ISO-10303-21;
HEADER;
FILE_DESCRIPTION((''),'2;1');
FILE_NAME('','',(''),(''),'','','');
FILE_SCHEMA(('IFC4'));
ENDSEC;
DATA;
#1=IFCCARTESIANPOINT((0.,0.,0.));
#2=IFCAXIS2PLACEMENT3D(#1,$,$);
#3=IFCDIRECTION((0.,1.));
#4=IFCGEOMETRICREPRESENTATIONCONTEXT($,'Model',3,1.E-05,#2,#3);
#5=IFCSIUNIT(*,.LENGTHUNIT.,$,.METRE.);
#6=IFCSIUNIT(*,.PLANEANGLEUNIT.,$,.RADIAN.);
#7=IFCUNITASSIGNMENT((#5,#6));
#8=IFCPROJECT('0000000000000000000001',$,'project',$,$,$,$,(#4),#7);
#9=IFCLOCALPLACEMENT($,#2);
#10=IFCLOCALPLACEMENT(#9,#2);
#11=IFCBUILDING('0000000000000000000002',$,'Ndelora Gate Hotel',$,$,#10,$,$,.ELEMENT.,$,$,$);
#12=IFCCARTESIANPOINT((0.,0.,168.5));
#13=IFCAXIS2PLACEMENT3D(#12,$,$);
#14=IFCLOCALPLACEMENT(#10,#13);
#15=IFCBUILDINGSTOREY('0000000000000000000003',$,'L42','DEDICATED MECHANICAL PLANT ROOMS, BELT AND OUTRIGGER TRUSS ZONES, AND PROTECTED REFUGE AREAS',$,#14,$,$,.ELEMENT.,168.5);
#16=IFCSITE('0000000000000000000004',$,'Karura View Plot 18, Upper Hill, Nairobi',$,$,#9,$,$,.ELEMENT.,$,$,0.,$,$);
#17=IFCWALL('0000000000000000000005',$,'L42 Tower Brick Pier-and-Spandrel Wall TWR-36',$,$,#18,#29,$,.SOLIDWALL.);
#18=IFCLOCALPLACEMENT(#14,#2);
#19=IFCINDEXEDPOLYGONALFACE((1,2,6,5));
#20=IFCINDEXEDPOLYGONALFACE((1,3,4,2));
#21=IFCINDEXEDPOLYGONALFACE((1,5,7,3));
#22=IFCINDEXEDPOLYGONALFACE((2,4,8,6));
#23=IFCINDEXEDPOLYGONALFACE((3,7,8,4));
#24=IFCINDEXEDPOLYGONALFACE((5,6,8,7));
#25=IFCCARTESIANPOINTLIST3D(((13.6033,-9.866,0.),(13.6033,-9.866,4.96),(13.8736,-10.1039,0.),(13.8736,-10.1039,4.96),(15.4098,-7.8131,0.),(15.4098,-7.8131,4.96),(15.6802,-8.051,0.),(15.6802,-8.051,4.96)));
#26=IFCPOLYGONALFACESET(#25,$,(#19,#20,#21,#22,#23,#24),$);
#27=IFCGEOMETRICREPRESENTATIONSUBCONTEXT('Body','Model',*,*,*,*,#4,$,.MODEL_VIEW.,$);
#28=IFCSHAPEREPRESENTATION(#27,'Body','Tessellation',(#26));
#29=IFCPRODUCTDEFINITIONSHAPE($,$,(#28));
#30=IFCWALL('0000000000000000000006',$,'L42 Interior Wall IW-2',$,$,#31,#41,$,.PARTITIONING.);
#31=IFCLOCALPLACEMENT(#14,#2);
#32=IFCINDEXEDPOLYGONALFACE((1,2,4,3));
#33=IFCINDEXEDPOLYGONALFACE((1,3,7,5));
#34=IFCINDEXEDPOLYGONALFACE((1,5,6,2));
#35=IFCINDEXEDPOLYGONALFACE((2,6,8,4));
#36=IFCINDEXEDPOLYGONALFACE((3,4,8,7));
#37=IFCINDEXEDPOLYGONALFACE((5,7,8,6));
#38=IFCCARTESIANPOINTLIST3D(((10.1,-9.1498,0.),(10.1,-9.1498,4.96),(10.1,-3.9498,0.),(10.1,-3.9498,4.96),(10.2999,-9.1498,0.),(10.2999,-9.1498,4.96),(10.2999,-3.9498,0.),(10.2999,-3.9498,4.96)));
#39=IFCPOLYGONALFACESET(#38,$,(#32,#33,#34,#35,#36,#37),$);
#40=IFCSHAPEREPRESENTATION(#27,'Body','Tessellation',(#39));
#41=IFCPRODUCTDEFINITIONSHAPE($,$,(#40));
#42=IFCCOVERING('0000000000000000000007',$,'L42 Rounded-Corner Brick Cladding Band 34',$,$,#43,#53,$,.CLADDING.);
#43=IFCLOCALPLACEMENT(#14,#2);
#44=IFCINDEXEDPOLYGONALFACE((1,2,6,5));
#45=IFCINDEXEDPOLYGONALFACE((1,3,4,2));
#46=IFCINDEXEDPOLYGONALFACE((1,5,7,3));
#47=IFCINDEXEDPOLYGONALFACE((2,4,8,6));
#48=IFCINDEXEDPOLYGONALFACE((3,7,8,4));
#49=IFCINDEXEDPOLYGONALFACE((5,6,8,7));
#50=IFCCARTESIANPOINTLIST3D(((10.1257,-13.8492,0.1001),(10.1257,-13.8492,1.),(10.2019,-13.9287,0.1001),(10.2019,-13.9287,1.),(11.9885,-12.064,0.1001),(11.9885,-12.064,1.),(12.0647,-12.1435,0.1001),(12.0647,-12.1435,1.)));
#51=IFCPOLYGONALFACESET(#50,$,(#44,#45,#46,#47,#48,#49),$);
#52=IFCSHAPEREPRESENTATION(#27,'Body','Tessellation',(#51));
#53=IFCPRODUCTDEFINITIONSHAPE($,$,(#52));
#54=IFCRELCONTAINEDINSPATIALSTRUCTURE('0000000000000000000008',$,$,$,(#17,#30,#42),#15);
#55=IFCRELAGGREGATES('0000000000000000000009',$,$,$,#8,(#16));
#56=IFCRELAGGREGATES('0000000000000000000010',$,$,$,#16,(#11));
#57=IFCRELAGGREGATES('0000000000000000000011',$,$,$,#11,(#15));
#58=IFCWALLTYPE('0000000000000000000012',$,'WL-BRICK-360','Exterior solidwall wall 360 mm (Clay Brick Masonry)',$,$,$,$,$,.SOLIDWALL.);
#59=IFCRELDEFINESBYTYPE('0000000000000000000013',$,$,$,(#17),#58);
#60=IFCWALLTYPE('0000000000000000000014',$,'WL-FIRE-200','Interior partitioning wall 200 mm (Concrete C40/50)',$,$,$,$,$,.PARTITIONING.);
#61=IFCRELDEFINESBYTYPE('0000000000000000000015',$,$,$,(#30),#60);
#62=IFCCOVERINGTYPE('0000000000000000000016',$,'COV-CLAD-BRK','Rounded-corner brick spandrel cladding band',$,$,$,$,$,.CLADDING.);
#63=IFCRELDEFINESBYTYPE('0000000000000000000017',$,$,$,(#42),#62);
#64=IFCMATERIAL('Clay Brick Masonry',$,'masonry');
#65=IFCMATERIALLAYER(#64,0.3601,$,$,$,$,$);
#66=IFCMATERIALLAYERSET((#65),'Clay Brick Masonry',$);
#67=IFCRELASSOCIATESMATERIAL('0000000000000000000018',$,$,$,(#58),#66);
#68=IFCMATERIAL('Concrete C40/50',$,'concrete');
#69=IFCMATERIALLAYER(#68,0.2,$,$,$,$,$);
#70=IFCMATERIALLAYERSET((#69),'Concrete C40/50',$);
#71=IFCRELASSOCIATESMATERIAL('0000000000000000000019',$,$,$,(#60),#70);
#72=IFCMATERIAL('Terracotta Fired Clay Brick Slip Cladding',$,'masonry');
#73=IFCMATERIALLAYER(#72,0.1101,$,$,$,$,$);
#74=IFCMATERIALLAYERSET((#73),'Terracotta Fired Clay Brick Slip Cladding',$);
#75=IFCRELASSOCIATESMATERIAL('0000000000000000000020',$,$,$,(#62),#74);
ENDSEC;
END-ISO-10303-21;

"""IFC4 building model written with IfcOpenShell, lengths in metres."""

from ifc_helpers import new_model, si_unit, direction, frame, frame_2d, origin, origin_2d, place, context, subcontext, project, spatial, rectangle, extrude, material, layer, layer_set, type_object, element, save


model = new_model("IFC4")

# Units and contexts
model_context = context("Model", 3, precision=1e-05, world=origin(), true_north=direction((0.0, 1.0)))
body_context = subcontext(model_context, "Body", "Model", "MODEL_VIEW")
ifc_project = project(units=[si_unit("LENGTHUNIT", "METRE"), si_unit("PLANEANGLEUNIT", "RADIAN")], contexts=[model_context])

# Site, building, storey
site_placement = place(None, origin())
site = spatial("IfcSite", under=ifc_project, at=site_placement, Name="Karura View Plot 18, Upper Hill, Nairobi", CompositionType="ELEMENT", RefElevation=0.0)
building_placement = place(site_placement, origin())
building = spatial("IfcBuilding", under=site, at=building_placement, Name="Ndelora Gate Hotel", CompositionType="ELEMENT")
storey_placement = place(building_placement, frame((0.0, 0.0, 168.5)))
storey = spatial("IfcBuildingStorey", under=building, at=storey_placement, Name="L42", Description="DEDICATED MECHANICAL PLANT ROOMS, BELT AND OUTRIGGER TRUSS ZONES, AND PROTECTED REFUGE AREAS", CompositionType="ELEMENT", Elevation=168.5)

# Walls
ifc_material_1 = material(Name="Clay Brick Masonry", Category="masonry")
ifc_layer_1 = layer(ifc_material_1, 0.3601)
ifc_layer_set_1 = layer_set([ifc_layer_1], Name="Clay Brick Masonry")
wall_type_1 = type_object("IfcWallType", Name="WL-BRICK-360", Description="Exterior solidwall wall 360 mm (Clay Brick Masonry)", PredefinedType="SOLIDWALL", material=ifc_layer_set_1)
wall_1_placement = place(storey_placement, frame((15.5449, -7.9321, 0.0), z_axis=(0.0, 0.0, 1.0), x_axis=(-0.660632, -0.75071, 0.0)))
element("IfcWall", 1, at=wall_1_placement, inside=storey, type_object=wall_type_1, Name="L42 Tower Brick Pier-and-Spandrel Wall TWR-36", PredefinedType="SOLIDWALL", context=body_context, shape_type="SweptSolid", body=[
    extrude(rectangle(XDim=2.7346, YDim=0.3601, at=frame_2d((1.3672, 0.0))), origin(), (0.0, 0.0, 1.0), 4.96),
])
ifc_material_2 = material(Name="Concrete C40/50", Category="concrete")
ifc_layer_2 = layer(ifc_material_2, 0.2)
ifc_layer_set_2 = layer_set([ifc_layer_2], Name="Concrete C40/50")
wall_type_2 = type_object("IfcWallType", Name="WL-FIRE-200", Description="Interior partitioning wall 200 mm (Concrete C40/50)", PredefinedType="PARTITIONING", material=ifc_layer_set_2)
wall_2_placement = place(storey_placement, frame((10.2, -9.1499, 0.0), z_axis=(0.0, 0.0, 1.0), x_axis=(0.0, 1.0, 0.0)))
element("IfcWall", 2, at=wall_2_placement, inside=storey, type_object=wall_type_2, Name="L42 Interior Wall IW-2", PredefinedType="PARTITIONING", context=body_context, shape_type="SweptSolid", body=[
    extrude(rectangle(XDim=5.2, YDim=0.2, at=frame_2d((2.6001, 0.0))), origin(), (0.0, 0.0, 1.0), 4.96),
])

# Covering
ifc_material_3 = material(Name="Terracotta Fired Clay Brick Slip Cladding", Category="masonry")
ifc_layer_3 = layer(ifc_material_3, 0.1101)
ifc_layer_set_3 = layer_set([ifc_layer_3], Name="Terracotta Fired Clay Brick Slip Cladding")
covering_type = type_object("IfcCoveringType", Name="COV-CLAD-BRK", Description="Rounded-corner brick spandrel cladding band", PredefinedType="CLADDING", material=ifc_layer_set_3)
covering_placement = place(storey_placement, frame((11.0952, -12.9963, 0.1001), z_axis=(0.0, 0.0, 1.0), x_axis=(0.722002, 0.691891, 0.0)))
element("IfcCovering", 3, at=covering_placement, inside=storey, type_object=covering_type, Name="L42 Rounded-Corner Brick Cladding Band 34", PredefinedType="CLADDING", context=body_context, shape_type="SweptSolid", body=[
    extrude(rectangle(XDim=2.5801, YDim=0.1101, at=origin_2d()), origin(), (0.0, 0.0, 1.0), 0.8999),
])

save(model, "model.ifc")
